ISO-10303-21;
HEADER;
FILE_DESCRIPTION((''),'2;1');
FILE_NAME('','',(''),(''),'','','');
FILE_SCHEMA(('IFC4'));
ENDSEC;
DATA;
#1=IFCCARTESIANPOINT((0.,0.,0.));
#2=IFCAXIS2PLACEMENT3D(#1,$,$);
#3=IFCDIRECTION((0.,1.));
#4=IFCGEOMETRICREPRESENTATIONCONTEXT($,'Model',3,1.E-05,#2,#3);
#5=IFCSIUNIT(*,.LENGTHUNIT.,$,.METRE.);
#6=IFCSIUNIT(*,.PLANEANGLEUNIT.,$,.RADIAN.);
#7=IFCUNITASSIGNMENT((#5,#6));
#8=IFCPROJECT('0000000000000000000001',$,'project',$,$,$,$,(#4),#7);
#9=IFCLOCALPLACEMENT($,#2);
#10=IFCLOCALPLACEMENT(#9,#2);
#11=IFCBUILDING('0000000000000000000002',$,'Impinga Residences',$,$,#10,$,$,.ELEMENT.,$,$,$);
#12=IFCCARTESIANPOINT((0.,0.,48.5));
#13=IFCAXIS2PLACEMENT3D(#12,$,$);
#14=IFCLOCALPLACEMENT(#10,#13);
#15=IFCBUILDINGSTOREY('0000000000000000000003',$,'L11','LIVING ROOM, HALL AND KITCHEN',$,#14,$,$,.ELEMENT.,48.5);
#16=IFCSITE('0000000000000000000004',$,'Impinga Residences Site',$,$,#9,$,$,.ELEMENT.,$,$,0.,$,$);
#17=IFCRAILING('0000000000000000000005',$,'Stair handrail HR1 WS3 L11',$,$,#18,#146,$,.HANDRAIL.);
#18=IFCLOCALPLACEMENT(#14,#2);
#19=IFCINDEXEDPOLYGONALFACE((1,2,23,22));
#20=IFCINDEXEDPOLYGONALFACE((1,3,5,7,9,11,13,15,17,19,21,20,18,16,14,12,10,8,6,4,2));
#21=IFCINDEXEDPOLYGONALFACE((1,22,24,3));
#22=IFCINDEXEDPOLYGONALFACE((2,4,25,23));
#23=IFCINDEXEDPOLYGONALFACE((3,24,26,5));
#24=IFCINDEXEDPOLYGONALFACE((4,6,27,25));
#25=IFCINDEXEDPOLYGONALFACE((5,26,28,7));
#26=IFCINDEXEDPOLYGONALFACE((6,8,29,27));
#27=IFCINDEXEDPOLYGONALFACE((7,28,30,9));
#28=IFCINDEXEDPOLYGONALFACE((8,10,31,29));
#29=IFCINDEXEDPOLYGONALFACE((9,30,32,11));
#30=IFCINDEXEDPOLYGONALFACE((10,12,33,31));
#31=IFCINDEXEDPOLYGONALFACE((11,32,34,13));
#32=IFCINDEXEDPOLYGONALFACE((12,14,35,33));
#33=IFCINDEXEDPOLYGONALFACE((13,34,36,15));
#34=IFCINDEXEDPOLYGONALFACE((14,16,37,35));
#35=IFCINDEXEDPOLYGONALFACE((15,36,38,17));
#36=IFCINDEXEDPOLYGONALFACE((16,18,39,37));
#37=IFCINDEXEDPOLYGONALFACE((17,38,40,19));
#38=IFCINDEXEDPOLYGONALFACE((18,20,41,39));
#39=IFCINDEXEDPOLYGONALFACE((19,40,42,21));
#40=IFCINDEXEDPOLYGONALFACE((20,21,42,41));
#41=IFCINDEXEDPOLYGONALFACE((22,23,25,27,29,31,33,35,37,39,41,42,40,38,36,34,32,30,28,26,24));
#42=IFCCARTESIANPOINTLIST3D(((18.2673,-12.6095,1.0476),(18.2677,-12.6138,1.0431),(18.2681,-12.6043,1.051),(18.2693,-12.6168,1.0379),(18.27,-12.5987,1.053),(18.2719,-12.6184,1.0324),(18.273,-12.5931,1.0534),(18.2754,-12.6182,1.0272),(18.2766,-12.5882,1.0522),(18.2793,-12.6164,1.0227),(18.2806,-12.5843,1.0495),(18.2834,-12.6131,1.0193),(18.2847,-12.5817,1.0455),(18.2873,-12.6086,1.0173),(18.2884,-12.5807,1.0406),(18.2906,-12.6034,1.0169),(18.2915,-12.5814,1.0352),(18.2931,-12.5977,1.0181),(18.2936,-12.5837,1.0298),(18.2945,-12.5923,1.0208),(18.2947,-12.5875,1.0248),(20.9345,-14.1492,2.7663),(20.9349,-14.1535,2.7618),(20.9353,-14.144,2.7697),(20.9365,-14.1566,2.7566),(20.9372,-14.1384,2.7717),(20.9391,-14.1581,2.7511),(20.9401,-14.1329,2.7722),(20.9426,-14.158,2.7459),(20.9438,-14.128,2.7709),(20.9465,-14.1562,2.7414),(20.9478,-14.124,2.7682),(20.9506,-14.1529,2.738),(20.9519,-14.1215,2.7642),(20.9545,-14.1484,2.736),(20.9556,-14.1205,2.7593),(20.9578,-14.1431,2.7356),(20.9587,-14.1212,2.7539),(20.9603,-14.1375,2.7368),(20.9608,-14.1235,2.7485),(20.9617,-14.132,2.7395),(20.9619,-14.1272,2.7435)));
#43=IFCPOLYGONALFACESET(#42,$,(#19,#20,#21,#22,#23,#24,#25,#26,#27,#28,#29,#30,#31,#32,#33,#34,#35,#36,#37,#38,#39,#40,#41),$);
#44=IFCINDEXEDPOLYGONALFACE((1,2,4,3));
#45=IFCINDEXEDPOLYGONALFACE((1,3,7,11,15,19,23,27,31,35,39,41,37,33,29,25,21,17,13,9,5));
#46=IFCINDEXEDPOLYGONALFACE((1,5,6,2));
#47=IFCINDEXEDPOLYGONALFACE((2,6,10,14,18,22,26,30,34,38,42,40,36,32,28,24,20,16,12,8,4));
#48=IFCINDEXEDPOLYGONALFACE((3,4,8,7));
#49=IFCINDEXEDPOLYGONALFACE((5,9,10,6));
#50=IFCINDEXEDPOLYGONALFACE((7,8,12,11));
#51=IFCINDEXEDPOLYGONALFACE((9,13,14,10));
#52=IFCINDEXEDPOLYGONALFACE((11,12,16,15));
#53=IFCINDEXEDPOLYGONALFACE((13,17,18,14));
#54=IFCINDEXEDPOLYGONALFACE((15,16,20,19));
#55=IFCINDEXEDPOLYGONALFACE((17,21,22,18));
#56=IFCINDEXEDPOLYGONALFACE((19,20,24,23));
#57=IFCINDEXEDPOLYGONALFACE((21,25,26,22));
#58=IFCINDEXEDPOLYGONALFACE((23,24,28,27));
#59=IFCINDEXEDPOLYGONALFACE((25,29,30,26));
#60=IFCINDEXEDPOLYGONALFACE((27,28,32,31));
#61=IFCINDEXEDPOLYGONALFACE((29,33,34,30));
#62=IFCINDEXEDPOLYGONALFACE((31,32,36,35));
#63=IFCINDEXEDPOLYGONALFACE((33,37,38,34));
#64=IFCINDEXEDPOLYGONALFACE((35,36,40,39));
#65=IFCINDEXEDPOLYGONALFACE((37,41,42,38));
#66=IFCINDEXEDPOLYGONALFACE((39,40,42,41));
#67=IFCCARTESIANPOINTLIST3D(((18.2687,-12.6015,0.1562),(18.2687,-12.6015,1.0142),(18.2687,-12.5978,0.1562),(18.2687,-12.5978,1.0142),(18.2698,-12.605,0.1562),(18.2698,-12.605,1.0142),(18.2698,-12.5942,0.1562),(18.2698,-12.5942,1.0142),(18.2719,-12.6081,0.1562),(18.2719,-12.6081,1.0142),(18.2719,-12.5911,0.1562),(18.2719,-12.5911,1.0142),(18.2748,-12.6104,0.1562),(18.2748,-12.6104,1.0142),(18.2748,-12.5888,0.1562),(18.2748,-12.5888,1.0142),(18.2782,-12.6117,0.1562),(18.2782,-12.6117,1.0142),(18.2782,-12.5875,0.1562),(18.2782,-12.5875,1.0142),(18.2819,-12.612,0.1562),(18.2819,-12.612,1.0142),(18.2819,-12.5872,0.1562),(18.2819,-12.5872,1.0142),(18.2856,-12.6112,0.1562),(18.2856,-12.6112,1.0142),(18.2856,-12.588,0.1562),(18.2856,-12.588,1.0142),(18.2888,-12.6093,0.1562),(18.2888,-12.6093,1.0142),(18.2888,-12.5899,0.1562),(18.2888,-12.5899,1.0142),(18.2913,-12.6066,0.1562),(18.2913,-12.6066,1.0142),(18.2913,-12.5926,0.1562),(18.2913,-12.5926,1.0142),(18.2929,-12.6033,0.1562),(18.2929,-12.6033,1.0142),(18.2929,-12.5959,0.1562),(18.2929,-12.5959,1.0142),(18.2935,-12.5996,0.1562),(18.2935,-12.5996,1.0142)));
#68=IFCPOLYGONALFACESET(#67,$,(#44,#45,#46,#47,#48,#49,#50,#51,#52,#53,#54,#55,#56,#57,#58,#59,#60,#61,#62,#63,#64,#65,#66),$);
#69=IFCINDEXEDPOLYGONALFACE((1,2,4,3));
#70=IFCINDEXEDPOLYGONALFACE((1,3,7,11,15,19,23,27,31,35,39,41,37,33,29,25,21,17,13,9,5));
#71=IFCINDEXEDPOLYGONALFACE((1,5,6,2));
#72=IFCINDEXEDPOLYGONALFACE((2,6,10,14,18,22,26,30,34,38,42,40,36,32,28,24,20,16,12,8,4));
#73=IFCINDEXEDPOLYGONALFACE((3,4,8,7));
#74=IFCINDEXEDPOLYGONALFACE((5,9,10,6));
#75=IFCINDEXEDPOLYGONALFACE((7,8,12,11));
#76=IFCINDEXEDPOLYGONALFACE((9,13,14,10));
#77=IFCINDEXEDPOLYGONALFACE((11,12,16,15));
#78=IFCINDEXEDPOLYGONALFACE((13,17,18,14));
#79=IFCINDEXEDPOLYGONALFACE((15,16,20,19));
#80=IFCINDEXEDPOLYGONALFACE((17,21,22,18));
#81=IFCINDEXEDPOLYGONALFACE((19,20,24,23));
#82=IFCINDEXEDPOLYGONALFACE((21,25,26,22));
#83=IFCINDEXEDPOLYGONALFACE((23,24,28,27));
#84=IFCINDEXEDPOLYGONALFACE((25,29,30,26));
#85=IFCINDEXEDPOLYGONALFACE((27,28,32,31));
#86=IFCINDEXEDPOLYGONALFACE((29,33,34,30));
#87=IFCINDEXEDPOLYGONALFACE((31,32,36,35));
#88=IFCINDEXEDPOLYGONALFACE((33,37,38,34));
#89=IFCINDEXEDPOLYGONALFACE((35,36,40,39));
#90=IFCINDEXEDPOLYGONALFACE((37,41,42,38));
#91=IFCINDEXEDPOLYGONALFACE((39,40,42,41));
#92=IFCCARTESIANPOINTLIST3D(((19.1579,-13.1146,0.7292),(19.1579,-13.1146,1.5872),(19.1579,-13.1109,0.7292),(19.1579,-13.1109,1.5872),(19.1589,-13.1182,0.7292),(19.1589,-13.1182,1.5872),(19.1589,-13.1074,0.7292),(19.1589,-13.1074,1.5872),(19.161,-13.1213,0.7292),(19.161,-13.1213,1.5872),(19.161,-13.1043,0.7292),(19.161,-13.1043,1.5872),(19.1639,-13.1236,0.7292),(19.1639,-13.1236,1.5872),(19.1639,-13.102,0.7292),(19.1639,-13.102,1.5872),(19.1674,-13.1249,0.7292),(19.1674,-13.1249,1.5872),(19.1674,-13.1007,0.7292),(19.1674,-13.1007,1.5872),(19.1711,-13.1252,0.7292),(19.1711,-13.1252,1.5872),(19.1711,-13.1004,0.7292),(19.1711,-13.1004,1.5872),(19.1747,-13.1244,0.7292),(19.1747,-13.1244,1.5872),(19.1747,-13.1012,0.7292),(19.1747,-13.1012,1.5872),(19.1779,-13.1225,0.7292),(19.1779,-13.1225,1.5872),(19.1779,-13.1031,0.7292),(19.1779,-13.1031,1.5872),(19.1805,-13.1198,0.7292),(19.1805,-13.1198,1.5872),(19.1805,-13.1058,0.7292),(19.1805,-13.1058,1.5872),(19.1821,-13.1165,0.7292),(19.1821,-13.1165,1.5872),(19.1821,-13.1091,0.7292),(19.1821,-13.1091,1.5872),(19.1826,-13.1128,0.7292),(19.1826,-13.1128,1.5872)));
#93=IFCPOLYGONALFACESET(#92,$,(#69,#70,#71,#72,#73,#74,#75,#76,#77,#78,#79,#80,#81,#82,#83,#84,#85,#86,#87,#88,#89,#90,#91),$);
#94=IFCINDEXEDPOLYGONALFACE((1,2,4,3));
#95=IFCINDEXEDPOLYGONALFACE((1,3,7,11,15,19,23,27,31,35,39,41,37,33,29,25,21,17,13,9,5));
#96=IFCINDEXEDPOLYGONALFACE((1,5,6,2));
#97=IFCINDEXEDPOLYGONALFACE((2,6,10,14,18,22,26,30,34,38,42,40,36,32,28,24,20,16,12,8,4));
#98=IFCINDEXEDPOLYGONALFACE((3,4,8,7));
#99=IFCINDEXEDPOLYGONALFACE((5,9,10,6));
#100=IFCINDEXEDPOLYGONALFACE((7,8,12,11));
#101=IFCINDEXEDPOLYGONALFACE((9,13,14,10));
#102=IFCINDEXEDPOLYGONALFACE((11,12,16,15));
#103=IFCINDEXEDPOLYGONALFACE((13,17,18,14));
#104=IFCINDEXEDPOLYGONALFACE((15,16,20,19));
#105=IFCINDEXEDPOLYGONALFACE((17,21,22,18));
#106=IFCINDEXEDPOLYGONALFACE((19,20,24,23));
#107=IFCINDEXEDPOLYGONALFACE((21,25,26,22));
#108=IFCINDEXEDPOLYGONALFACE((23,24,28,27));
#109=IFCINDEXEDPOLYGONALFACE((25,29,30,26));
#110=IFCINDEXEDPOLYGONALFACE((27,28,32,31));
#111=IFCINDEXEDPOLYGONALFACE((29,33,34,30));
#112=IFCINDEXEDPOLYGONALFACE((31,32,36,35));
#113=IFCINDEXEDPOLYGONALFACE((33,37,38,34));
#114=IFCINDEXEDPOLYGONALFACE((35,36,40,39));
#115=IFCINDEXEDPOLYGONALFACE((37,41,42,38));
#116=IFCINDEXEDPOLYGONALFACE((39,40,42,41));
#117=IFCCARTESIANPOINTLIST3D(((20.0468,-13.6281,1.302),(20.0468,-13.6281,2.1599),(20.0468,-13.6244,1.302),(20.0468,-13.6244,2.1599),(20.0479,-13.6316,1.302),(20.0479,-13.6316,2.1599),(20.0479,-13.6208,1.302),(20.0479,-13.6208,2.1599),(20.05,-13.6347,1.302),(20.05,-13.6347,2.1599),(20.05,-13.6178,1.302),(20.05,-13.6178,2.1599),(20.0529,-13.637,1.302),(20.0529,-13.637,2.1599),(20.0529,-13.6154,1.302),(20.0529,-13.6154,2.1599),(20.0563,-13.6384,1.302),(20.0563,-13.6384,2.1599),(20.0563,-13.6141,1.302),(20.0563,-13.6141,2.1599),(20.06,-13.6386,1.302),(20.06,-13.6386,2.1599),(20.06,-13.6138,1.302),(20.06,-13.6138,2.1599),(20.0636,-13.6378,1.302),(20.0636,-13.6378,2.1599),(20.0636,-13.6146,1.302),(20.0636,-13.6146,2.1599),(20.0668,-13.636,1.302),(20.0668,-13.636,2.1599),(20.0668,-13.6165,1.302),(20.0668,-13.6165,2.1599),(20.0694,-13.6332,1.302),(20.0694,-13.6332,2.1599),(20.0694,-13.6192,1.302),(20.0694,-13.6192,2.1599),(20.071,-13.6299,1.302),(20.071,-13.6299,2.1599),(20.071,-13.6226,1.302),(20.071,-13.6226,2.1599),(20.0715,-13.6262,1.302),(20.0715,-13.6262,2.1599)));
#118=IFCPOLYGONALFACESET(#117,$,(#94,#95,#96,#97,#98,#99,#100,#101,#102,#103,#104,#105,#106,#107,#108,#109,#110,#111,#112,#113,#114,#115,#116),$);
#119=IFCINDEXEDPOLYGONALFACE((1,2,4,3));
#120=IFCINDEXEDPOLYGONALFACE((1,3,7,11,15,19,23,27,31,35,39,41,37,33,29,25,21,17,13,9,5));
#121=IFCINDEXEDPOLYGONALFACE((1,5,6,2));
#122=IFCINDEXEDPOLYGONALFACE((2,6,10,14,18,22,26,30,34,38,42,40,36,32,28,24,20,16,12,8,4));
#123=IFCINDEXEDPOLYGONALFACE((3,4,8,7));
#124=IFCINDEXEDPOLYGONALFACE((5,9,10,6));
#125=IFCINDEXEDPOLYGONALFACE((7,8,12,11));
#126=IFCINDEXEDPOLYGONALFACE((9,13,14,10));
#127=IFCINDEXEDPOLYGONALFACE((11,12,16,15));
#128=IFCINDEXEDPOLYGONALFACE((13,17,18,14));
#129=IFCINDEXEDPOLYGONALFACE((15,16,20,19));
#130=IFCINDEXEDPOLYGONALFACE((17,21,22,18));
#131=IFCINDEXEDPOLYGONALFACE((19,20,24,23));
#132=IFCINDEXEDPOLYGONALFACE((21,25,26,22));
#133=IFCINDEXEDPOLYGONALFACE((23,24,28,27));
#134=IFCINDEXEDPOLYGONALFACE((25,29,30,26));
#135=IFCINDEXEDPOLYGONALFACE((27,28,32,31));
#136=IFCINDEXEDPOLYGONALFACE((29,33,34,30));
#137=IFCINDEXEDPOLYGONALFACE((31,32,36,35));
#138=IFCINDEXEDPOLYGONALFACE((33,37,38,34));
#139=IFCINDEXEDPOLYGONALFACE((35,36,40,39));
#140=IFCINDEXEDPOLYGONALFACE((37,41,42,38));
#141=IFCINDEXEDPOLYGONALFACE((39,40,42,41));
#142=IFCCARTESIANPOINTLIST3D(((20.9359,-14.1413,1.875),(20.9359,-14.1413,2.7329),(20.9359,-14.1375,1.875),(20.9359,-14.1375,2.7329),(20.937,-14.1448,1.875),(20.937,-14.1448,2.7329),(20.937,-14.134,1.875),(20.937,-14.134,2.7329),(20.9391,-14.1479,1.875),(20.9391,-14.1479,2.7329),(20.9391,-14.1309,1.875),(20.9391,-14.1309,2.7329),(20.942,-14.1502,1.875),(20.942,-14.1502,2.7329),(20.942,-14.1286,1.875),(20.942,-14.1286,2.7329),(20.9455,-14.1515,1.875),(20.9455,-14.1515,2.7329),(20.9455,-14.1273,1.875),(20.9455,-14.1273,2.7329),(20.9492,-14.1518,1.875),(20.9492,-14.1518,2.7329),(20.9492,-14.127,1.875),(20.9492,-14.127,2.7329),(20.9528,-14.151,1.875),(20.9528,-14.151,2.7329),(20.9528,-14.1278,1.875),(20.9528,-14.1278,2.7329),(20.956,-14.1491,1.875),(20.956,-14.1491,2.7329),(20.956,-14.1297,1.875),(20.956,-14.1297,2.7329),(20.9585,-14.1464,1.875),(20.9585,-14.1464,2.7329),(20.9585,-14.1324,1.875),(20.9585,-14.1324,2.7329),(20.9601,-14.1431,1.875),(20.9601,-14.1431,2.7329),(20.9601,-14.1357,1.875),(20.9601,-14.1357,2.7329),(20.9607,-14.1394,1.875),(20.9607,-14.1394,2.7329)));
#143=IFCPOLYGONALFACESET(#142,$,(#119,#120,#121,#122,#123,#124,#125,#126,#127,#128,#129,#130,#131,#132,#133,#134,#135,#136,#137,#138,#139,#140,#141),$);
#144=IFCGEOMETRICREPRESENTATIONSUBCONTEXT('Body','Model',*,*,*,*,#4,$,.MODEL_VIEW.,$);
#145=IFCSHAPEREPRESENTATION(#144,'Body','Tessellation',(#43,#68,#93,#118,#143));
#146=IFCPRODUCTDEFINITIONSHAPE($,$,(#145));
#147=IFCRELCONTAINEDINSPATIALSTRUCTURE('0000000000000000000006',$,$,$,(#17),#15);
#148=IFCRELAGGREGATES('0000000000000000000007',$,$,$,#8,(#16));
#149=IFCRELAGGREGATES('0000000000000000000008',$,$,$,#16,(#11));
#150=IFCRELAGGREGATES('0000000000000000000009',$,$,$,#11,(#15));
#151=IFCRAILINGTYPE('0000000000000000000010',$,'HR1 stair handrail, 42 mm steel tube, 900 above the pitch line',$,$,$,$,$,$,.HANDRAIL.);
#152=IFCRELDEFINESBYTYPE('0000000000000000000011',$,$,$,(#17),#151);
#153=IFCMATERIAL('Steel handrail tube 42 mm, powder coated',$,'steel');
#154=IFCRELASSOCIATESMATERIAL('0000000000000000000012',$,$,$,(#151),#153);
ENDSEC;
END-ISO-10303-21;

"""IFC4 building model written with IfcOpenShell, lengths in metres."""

from ifc_helpers import new_model, si_unit, direction, frame, origin, origin_2d, place, context, subcontext, project, spatial, circle, extrude, material, type_object, element, save


model = new_model("IFC4")

# Units and contexts
model_context = context("Model", 3, precision=1e-05, world=origin(), true_north=direction((0.0, 1.0)))
body_context = subcontext(model_context, "Body", "Model", "MODEL_VIEW")
ifc_project = project(units=[si_unit("LENGTHUNIT", "METRE"), si_unit("PLANEANGLEUNIT", "RADIAN")], contexts=[model_context])

# Site, building, storey
site_placement = place(None, origin())
site = spatial("IfcSite", under=ifc_project, at=site_placement, Name="Impinga Residences Site", CompositionType="ELEMENT", RefElevation=0.0)
building_placement = place(site_placement, origin())
building = spatial("IfcBuilding", under=site, at=building_placement, Name="Impinga Residences", CompositionType="ELEMENT")
storey_placement = place(building_placement, frame((0.0, 0.0, 48.5)))
storey = spatial("IfcBuildingStorey", under=building, at=storey_placement, Name="L11", Description="LIVING ROOM, HALL AND KITCHEN", CompositionType="ELEMENT", Elevation=48.5)

# Railing
ifc_material_1 = material(Name="Steel handrail tube 42 mm, powder coated", Category="steel")
railing_type_1 = type_object("IfcRailingType", Name="HR1 stair handrail, 42 mm steel tube, 900 above the pitch line", PredefinedType="HANDRAIL", material=ifc_material_1)
railing_1_placement = place(storey_placement, frame((18.281, -12.5996, 0.1562)))
element("IfcRailing", 1, at=railing_1_placement, inside=storey, type_object=railing_type_1, Name="Stair handrail HR1 WS3 L11", PredefinedType="HANDRAIL", context=body_context, shape_type="SweptSolid", body=[
    extrude(circle(Radius=0.021, at=origin_2d()), frame((0.0, 0.0, 0.8789), z_axis=(0.756249, -0.436582, 0.487322), x_axis=(0.499967, 0.866044, 0.0)), (0.0, 0.0, 1.0), 3.5269),
    extrude(circle(Radius=0.0125, at=origin_2d()), origin(), (0.0, 0.0, 1.0), 0.8579),
    extrude(circle(Radius=0.0125, at=origin_2d()), frame((0.8892, -0.5132, 0.573)), (0.0, 0.0, 1.0), 0.8579),
    extrude(circle(Radius=0.0125, at=origin_2d()), frame((1.7781, -1.0266, 1.1458)), (0.0, 0.0, 1.0), 0.8579),
    extrude(circle(Radius=0.0125, at=origin_2d()), frame((2.6672, -1.5398, 1.7188)), (0.0, 0.0, 1.0), 0.8579),
])

save(model, "model.ifc")
